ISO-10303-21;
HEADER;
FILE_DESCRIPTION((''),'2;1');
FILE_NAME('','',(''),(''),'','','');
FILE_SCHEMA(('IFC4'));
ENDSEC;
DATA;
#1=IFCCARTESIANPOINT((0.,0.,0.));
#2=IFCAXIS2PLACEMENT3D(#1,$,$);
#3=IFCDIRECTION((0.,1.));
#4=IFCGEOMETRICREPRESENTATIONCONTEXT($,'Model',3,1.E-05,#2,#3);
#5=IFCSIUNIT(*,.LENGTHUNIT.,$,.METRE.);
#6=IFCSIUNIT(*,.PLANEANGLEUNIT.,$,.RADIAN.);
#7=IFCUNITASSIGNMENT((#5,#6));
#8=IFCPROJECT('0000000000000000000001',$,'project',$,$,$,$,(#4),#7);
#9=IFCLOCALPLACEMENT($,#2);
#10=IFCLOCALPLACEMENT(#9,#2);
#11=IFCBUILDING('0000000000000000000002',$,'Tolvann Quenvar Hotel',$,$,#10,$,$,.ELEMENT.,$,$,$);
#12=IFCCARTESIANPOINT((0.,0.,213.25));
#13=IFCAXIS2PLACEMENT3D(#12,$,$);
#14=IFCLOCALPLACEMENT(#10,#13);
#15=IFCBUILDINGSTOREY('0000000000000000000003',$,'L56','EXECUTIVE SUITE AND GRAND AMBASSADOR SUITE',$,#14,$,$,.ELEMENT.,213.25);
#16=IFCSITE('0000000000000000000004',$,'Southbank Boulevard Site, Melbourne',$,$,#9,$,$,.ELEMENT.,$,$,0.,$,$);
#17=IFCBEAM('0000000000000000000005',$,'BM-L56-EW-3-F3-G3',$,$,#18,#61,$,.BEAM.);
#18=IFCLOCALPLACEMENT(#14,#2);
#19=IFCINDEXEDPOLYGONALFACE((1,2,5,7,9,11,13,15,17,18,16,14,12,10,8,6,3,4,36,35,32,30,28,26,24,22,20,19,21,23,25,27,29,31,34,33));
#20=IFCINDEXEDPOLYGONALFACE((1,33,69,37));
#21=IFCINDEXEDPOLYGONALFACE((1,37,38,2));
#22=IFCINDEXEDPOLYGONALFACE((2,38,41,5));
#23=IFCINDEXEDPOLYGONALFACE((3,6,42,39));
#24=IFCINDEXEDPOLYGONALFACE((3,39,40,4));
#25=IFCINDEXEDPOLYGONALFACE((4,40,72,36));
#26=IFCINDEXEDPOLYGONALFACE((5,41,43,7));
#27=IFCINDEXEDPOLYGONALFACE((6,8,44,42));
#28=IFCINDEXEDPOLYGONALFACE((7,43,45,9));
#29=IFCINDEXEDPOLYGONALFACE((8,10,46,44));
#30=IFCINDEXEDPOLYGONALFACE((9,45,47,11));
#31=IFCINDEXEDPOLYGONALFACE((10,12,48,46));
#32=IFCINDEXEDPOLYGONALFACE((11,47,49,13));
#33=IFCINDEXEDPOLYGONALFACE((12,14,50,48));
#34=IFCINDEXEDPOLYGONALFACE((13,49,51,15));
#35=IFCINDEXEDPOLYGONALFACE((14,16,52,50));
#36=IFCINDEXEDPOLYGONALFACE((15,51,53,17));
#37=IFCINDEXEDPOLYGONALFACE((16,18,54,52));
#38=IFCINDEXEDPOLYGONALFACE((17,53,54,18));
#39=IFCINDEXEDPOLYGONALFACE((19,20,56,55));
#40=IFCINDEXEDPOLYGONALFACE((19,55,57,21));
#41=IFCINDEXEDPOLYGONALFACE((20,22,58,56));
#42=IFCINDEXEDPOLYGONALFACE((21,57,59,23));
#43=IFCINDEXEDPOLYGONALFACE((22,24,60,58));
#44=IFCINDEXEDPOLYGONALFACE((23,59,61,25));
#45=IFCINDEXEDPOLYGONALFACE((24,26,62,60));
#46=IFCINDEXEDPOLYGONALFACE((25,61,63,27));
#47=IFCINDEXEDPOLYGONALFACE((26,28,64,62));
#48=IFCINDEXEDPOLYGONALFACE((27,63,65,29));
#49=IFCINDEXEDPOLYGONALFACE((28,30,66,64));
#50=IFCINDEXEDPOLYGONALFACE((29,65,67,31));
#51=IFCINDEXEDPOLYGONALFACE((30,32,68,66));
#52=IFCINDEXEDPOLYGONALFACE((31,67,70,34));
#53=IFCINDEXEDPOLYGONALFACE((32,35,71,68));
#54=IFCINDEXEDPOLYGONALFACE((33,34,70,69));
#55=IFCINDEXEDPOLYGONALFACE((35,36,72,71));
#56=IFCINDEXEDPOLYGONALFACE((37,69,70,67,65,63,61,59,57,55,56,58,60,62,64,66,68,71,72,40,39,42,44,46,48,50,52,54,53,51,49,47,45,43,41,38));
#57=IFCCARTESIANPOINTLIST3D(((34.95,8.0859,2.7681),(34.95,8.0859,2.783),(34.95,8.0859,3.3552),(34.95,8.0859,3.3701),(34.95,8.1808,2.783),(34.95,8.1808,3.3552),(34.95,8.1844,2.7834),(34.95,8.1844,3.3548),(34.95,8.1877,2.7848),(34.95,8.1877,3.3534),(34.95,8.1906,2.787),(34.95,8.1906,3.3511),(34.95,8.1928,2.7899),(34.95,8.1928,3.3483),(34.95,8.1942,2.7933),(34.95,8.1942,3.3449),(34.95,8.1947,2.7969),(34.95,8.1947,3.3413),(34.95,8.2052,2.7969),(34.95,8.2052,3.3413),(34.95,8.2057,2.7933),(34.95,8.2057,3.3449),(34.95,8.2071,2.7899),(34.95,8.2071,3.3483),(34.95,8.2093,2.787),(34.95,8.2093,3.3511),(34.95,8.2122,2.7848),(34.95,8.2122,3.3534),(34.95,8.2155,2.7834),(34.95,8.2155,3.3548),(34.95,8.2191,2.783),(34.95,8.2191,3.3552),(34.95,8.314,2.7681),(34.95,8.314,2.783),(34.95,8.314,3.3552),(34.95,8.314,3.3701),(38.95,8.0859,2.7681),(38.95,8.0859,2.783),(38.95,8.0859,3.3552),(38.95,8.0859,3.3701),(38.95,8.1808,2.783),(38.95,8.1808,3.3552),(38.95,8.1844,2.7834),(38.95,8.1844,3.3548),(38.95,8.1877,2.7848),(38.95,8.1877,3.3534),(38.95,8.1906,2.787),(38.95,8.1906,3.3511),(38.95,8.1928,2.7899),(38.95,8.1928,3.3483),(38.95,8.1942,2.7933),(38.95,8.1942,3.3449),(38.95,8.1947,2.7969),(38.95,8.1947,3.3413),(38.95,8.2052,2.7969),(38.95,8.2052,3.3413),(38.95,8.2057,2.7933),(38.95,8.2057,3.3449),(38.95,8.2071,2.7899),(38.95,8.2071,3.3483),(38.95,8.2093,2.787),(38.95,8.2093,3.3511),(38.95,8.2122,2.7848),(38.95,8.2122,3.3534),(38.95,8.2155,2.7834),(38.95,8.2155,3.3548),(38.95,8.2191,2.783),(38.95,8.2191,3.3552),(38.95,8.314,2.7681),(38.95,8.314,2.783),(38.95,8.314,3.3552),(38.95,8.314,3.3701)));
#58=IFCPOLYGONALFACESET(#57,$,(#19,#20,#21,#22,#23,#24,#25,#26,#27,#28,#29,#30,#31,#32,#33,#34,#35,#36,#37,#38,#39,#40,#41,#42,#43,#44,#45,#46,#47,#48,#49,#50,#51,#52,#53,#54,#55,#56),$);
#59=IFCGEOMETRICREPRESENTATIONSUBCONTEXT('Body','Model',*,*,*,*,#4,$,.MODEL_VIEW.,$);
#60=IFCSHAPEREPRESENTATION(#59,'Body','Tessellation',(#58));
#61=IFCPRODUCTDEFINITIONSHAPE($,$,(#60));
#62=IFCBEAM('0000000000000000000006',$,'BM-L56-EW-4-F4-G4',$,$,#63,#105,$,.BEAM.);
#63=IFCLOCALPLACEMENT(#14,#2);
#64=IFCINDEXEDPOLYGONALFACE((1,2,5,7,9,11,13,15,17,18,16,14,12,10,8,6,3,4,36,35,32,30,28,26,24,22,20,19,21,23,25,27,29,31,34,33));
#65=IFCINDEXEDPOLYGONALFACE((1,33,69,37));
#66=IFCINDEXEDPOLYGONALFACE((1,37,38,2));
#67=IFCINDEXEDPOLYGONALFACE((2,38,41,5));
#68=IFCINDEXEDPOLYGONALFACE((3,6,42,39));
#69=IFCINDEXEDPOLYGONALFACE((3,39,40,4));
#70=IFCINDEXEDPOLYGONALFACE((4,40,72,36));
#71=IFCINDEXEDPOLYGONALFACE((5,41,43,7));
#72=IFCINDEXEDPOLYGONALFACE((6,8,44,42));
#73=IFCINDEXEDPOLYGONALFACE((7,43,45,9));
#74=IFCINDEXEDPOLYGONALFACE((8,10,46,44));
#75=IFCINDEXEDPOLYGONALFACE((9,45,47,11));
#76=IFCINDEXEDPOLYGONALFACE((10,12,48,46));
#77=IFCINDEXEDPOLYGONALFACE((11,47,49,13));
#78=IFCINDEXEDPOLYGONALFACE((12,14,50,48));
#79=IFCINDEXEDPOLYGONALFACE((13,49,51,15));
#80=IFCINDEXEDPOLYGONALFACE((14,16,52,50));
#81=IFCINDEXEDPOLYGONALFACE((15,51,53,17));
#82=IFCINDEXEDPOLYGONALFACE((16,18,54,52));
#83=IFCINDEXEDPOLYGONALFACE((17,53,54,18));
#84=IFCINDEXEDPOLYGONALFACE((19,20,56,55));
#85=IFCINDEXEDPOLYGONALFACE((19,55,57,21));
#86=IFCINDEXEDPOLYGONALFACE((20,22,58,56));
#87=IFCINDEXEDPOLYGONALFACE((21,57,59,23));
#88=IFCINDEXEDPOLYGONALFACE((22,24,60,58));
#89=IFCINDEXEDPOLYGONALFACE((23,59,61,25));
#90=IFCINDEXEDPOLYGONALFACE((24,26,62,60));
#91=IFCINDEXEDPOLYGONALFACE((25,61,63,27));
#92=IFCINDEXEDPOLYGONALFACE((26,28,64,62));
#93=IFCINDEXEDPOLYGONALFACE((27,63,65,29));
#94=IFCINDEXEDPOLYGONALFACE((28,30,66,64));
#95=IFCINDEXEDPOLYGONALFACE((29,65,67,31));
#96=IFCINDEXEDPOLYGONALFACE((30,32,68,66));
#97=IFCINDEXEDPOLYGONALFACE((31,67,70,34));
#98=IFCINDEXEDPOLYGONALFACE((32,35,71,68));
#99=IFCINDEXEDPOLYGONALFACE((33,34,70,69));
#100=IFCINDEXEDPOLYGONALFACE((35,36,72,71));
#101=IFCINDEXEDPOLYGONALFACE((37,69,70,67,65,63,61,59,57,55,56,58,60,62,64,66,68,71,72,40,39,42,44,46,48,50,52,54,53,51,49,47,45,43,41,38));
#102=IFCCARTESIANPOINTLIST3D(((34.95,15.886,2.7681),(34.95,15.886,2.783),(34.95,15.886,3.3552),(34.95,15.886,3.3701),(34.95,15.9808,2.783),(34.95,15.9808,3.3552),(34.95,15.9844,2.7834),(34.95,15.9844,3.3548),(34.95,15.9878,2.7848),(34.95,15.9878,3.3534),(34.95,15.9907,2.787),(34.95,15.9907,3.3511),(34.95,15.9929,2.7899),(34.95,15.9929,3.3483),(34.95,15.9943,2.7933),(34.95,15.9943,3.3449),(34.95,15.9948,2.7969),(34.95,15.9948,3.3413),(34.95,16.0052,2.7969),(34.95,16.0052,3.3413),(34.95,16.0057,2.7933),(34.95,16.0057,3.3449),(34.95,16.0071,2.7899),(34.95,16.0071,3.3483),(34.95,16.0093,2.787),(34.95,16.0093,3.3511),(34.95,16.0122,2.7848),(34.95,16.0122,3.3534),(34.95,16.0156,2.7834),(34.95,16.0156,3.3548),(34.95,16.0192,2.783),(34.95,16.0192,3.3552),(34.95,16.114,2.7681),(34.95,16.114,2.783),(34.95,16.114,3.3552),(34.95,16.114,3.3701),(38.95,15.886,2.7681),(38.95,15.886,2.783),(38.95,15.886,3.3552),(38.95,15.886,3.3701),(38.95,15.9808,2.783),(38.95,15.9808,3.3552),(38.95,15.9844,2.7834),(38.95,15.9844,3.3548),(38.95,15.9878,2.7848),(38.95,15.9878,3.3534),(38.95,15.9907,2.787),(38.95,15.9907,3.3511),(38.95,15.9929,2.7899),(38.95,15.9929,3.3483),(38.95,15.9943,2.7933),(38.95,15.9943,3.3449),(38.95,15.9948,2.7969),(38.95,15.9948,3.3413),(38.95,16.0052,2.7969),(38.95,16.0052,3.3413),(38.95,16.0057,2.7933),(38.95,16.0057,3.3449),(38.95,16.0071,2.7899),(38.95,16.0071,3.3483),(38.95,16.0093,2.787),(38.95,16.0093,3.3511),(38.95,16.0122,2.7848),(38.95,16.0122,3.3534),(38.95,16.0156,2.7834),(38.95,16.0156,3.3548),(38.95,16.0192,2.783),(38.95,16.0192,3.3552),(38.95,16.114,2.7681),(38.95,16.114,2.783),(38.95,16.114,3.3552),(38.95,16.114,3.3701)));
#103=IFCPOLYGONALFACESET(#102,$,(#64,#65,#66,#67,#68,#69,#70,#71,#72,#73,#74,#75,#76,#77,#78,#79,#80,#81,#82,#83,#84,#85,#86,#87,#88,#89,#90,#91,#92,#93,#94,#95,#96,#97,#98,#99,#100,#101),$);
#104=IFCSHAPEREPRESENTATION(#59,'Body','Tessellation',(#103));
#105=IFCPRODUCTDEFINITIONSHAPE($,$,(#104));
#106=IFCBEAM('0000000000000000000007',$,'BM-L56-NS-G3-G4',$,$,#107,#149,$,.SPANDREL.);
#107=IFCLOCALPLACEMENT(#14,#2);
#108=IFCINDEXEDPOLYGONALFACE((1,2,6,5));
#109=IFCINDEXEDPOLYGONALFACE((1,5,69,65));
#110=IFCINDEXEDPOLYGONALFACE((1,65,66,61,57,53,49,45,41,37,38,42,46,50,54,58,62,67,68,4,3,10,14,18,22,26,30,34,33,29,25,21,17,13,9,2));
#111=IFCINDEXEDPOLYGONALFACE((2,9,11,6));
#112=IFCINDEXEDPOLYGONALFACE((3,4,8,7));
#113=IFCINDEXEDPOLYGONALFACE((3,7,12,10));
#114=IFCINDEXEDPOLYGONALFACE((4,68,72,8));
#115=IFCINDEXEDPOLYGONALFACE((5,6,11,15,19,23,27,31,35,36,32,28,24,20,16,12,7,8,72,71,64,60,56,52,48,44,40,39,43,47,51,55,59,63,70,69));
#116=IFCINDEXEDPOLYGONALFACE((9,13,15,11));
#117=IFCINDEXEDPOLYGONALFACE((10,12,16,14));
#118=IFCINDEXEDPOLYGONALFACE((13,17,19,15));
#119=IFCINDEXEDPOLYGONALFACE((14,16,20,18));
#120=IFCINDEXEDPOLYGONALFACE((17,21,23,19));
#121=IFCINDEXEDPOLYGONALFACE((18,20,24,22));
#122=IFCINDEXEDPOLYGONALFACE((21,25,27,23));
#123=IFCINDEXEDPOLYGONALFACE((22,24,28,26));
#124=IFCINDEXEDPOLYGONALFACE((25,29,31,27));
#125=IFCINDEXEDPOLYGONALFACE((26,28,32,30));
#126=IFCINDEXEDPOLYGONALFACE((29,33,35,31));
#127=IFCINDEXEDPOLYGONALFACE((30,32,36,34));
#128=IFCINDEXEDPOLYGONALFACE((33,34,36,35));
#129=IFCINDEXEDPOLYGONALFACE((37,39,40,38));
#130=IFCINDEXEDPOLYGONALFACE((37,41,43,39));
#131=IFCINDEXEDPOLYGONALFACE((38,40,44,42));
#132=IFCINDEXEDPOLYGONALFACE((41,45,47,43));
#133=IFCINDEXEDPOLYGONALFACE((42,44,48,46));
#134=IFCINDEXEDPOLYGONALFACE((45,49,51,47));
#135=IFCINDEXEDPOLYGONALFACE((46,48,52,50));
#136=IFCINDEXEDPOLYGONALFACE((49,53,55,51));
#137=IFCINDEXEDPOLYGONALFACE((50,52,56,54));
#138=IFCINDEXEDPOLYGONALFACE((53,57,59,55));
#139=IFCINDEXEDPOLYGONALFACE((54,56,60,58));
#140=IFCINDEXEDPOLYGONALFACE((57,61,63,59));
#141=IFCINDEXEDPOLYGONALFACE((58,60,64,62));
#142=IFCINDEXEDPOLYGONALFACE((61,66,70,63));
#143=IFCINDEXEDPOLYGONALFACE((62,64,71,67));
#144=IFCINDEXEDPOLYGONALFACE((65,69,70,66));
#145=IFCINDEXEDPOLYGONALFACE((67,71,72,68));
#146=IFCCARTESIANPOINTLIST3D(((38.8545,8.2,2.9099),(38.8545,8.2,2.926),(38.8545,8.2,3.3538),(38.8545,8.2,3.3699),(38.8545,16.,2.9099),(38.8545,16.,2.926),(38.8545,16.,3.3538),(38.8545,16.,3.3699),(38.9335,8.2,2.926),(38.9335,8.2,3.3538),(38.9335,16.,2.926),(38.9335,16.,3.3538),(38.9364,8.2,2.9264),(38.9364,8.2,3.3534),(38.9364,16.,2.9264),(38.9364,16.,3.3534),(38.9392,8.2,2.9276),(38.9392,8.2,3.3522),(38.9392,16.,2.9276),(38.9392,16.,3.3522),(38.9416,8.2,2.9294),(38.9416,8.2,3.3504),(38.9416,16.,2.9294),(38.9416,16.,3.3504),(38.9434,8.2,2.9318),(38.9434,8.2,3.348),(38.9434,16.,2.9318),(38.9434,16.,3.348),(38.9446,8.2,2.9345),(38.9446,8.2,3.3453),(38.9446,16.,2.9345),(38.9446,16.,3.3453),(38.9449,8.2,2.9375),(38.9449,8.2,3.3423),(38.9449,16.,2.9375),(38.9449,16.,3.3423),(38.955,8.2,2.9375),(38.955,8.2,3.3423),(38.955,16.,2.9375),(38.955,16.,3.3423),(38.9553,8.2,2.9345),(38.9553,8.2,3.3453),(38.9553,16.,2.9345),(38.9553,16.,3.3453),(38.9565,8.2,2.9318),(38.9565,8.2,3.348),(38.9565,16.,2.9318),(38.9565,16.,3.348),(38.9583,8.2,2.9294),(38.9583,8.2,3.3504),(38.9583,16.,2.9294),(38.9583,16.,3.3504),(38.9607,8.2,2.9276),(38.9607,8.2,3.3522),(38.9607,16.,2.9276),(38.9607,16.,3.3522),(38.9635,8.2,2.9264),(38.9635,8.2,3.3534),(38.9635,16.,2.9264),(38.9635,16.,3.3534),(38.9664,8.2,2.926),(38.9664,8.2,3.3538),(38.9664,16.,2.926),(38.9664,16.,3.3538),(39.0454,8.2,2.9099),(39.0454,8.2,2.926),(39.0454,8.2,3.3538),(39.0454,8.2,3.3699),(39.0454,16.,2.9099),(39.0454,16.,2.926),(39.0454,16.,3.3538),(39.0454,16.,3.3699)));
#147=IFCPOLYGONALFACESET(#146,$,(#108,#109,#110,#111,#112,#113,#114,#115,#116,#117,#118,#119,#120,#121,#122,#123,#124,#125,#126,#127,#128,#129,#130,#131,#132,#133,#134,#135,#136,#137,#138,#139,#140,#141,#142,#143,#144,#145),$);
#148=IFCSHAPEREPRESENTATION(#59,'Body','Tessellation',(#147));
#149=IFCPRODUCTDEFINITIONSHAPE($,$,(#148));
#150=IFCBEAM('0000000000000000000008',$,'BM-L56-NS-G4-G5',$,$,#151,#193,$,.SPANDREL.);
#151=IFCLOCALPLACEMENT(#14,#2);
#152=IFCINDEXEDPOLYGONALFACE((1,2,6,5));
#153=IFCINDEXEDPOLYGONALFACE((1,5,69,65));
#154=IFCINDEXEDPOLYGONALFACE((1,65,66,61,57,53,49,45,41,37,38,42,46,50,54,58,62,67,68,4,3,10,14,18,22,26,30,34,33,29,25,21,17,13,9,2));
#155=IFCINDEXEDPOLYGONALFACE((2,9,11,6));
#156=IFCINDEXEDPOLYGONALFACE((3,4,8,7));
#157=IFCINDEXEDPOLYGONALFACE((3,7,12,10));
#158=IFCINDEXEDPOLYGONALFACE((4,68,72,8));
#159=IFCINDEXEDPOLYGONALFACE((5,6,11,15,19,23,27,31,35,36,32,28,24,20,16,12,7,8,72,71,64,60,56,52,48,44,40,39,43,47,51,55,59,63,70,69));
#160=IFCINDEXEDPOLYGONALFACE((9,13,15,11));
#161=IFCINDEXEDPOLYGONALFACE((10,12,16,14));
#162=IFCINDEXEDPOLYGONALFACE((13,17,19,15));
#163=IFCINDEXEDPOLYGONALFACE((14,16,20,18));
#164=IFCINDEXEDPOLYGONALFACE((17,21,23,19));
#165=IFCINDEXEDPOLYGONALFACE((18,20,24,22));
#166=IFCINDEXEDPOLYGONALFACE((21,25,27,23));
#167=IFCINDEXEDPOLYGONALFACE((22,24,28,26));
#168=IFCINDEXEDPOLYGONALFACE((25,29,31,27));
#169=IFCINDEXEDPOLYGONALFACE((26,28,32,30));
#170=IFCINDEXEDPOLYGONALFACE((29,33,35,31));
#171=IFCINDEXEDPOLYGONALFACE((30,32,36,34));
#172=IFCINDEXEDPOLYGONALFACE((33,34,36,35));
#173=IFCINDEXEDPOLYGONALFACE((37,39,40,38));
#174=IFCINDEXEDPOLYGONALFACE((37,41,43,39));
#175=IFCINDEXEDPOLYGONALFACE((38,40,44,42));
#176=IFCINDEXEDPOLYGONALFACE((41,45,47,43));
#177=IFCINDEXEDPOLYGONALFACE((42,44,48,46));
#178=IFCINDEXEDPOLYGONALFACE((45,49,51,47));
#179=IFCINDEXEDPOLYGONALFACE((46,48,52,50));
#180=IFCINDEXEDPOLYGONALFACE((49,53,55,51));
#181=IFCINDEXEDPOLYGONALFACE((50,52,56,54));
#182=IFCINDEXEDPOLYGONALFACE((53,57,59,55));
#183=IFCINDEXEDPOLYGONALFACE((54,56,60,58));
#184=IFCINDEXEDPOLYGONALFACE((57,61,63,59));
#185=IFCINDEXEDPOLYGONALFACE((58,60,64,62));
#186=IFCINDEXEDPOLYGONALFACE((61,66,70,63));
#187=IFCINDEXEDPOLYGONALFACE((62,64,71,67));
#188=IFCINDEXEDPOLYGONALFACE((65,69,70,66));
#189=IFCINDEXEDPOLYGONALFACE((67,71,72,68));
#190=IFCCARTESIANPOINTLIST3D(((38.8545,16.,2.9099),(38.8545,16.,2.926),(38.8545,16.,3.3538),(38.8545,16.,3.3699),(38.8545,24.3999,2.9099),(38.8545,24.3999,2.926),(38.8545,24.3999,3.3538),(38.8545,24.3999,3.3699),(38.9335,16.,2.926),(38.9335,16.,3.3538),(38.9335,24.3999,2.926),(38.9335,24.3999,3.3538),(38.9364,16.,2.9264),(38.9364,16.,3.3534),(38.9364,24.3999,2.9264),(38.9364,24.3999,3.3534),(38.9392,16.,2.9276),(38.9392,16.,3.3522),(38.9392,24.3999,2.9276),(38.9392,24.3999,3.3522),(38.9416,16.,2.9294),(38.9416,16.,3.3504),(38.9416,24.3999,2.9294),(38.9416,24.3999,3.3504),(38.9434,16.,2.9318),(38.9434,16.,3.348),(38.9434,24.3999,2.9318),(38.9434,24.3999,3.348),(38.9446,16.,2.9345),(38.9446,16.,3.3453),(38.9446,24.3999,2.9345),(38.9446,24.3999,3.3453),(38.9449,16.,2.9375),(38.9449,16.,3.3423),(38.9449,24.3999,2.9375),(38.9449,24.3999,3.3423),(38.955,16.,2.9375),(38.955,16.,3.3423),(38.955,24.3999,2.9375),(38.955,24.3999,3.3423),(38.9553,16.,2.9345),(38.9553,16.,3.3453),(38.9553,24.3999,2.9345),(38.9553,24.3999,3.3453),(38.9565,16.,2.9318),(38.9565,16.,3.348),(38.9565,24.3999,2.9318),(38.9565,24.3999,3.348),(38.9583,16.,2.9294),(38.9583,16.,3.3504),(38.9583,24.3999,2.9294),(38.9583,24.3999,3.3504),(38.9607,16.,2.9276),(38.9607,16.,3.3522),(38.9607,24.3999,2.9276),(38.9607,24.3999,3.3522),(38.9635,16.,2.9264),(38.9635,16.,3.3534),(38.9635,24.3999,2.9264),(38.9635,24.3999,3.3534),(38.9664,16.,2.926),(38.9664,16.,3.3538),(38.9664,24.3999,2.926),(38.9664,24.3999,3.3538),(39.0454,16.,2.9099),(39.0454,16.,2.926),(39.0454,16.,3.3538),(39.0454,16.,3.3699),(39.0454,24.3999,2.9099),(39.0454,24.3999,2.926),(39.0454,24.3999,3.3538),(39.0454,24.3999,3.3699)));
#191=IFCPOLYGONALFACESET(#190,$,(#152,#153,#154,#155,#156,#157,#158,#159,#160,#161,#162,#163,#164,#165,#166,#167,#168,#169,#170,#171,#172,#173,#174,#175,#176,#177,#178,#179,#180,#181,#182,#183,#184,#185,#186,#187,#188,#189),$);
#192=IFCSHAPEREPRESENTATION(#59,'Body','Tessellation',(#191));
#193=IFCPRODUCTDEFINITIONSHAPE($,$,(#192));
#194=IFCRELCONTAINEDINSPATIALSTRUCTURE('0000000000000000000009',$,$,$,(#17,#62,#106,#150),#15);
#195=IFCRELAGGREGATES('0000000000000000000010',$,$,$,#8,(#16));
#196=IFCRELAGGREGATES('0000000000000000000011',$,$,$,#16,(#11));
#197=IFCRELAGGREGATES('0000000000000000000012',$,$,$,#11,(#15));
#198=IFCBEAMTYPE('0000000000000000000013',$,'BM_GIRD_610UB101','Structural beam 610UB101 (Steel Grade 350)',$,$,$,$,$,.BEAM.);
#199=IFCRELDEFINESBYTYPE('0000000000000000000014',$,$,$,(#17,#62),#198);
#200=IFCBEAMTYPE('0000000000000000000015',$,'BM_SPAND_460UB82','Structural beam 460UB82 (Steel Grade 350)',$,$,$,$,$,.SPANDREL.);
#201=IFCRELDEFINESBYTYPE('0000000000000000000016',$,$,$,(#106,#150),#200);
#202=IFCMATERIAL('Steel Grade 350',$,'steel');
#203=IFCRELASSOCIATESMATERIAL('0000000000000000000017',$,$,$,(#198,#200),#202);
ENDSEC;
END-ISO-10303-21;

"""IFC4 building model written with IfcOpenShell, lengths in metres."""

from ifc_helpers import new_model, si_unit, direction, frame, origin, origin_2d, place, context, subcontext, project, spatial, i_section, extrude, source, transform, mapped, material, material_profile, profile_set, type_object, type_shapes, element, save


model = new_model("IFC4")

# Units and contexts
model_context = context("Model", 3, precision=1e-05, world=origin(), true_north=direction((0.0, 1.0)))
body_context = subcontext(model_context, "Body", "Model", "MODEL_VIEW")
ifc_project = project(units=[si_unit("LENGTHUNIT", "METRE"), si_unit("PLANEANGLEUNIT", "RADIAN")], contexts=[model_context])

# Site, building, storey
site_placement = place(None, origin())
site = spatial("IfcSite", under=ifc_project, at=site_placement, Name="Southbank Boulevard Site, Melbourne", CompositionType="ELEMENT", RefElevation=0.0)
building_placement = place(site_placement, origin())
building = spatial("IfcBuilding", under=site, at=building_placement, Name="Tolvann Quenvar Hotel", CompositionType="ELEMENT")
storey_placement = place(building_placement, frame((0.0, 0.0, 213.25)))
storey = spatial("IfcBuildingStorey", under=building, at=storey_placement, Name="L56", Description="EXECUTIVE SUITE AND GRAND AMBASSADOR SUITE", CompositionType="ELEMENT", Elevation=213.25)

# Shared definitions
ifc_material_1 = material(Name="Steel Grade 350", Category="steel")

# Beams
ifc_material_profile_1 = material_profile(ifc_material_1, i_section(OverallWidth=0.228, OverallDepth=0.6021, WebThickness=0.0105, FlangeThickness=0.0149, FilletRadius=0.0139, at=origin_2d()), Name="610UB101")
ifc_profile_set_1 = profile_set([ifc_material_profile_1], Name="Steel Grade 350")
beam_type_1 = type_object("IfcBeamType", Name="BM_GIRD_610UB101", Description="Structural beam 610UB101 (Steel Grade 350)", PredefinedType="BEAM", material=ifc_profile_set_1)
shared_shape_1 = source(origin(), body_context, "Body", "SweptSolid", [
    extrude(i_section(OverallWidth=0.228, OverallDepth=0.6021, WebThickness=0.0105, FlangeThickness=0.0149, FilletRadius=0.0139, at=origin_2d()), origin(), (0.0, 0.0, 1.0), 4.0),
])
type_shapes(beam_type_1, [shared_shape_1])
for number, where, z_axis, x_axis, name in (
    (1, (34.95, 8.2, 3.0691), (1.0, 0.0, 0.0), (0.0, 1.0, 0.0), "BM-L56-EW-3-F3-G3"),
    (2, (34.95, 16.0, 3.0691), (1.0, 0.0, 0.0), (0.0, 1.0, 0.0), "BM-L56-EW-4-F4-G4"),
):
    element("IfcBeam", number, at=place(storey_placement, frame(where, z_axis=z_axis, x_axis=x_axis)), inside=storey, type_object=beam_type_1, Name=name, PredefinedType="BEAM", context=body_context, shape_type="MappedRepresentation", body=[
        mapped(shared_shape_1, transform((0.0, 0.0, 0.0), x_axis=(1.0, 0.0, 0.0), y_axis=(0.0, 1.0, 0.0), z_axis=(0.0, 0.0, 1.0), scale=1.0)),
    ])
ifc_material_profile_2 = material_profile(ifc_material_1, i_section(OverallWidth=0.1909, OverallDepth=0.46, WebThickness=0.01, FlangeThickness=0.0161, FilletRadius=0.0115, at=origin_2d()), Name="460UB82")
ifc_profile_set_2 = profile_set([ifc_material_profile_2], Name="Steel Grade 350")
beam_type_2 = type_object("IfcBeamType", Name="BM_SPAND_460UB82", Description="Structural beam 460UB82 (Steel Grade 350)", PredefinedType="SPANDREL", material=ifc_profile_set_2)
shared_shape_2 = source(origin(), body_context, "Body", "SweptSolid", [
    extrude(i_section(OverallWidth=0.1909, OverallDepth=0.46, WebThickness=0.01, FlangeThickness=0.0161, FilletRadius=0.0115, at=origin_2d()), origin(), (0.0, 0.0, 1.0), 7.8),
])
beam_1_placement = place(storey_placement, frame((38.95, 8.2, 3.1399), z_axis=(0.0, 1.0, 0.0), x_axis=(-1.0, 0.0, 0.0)))
element("IfcBeam", 3, at=beam_1_placement, inside=storey, type_object=beam_type_2, Name="BM-L56-NS-G3-G4", PredefinedType="SPANDREL", context=body_context, shape_type="MappedRepresentation", body=[
    mapped(shared_shape_2, transform((0.0, 0.0, 0.0), x_axis=(1.0, 0.0, 0.0), y_axis=(0.0, 1.0, 0.0), z_axis=(0.0, 0.0, 1.0), scale=1.0)),
])
shared_shape_3 = source(origin(), body_context, "Body", "SweptSolid", [
    extrude(i_section(OverallWidth=0.1909, OverallDepth=0.46, WebThickness=0.01, FlangeThickness=0.0161, FilletRadius=0.0115, at=origin_2d()), origin(), (0.0, 0.0, 1.0), 8.3999),
])
beam_2_placement = place(storey_placement, frame((38.95, 16.0, 3.1399), z_axis=(0.0, 1.0, 0.0), x_axis=(-1.0, 0.0, 0.0)))
element("IfcBeam", 4, at=beam_2_placement, inside=storey, type_object=beam_type_2, Name="BM-L56-NS-G4-G5", PredefinedType="SPANDREL", context=body_context, shape_type="MappedRepresentation", body=[
    mapped(shared_shape_3, transform((0.0, 0.0, 0.0), x_axis=(1.0, 0.0, 0.0), y_axis=(0.0, 1.0, 0.0), z_axis=(0.0, 0.0, 1.0), scale=1.0)),
])

save(model, "model.ifc")
